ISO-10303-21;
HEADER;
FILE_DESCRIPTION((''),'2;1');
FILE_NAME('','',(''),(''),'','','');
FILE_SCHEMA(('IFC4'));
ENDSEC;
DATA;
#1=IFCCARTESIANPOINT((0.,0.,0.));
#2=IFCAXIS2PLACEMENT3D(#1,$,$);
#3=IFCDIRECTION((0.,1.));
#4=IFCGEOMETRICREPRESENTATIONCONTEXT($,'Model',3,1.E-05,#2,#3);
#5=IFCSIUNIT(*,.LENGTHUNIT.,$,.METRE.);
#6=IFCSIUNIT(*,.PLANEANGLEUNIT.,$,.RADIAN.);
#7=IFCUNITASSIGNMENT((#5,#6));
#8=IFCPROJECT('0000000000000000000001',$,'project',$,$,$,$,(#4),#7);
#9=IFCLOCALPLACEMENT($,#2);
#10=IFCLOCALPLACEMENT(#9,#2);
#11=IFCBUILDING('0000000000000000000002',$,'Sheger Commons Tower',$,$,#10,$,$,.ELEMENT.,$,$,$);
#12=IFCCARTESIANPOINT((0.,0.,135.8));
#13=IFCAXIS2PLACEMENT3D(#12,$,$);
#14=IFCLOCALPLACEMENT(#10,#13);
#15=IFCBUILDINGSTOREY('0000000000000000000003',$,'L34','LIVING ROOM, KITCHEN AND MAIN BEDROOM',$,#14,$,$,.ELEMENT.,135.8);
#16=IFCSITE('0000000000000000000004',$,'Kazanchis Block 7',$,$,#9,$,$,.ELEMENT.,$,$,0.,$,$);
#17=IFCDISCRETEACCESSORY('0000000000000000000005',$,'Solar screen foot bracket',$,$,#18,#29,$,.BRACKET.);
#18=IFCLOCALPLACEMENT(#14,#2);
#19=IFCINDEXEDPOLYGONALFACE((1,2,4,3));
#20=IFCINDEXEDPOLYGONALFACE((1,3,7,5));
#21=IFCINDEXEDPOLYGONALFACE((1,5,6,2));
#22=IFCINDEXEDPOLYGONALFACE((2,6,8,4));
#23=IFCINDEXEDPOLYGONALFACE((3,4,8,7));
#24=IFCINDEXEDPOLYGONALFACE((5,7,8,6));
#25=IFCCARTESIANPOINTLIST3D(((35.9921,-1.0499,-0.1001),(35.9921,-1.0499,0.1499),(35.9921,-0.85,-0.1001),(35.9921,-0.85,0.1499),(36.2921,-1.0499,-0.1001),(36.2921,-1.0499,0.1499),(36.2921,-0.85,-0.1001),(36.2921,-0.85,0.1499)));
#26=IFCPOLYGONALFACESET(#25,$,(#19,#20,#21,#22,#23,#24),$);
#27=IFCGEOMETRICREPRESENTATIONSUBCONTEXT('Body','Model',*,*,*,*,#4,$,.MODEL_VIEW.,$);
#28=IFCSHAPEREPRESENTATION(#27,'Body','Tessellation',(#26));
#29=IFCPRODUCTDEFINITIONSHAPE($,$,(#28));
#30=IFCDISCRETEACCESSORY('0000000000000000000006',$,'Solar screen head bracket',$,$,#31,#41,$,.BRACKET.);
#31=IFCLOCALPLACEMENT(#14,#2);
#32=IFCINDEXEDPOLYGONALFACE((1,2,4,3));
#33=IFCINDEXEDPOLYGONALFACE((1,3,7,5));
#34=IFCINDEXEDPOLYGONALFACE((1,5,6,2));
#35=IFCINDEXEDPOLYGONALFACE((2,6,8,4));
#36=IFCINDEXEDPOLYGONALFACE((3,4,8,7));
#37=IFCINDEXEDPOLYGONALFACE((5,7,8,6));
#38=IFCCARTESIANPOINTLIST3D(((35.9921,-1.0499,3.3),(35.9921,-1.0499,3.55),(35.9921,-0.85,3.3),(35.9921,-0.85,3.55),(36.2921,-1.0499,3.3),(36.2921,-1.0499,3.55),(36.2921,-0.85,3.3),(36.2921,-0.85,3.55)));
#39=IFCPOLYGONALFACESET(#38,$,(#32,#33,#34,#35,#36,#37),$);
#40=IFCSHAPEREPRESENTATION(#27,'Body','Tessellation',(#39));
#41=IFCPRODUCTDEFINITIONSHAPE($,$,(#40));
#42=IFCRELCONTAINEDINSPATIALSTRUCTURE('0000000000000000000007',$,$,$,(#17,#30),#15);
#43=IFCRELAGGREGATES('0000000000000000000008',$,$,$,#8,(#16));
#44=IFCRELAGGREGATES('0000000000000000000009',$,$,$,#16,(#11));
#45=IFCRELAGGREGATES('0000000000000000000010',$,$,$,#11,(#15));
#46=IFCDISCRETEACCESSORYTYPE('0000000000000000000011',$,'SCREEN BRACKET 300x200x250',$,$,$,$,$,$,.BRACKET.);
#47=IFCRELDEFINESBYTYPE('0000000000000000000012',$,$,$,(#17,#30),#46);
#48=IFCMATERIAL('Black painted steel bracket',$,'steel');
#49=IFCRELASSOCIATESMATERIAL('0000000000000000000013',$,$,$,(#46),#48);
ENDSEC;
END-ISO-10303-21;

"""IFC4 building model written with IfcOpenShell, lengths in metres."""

from ifc_helpers import new_model, si_unit, direction, frame, origin, origin_2d, place, context, subcontext, project, spatial, rectangle, extrude, material, type_object, element, save


model = new_model("IFC4")

# Units and contexts
model_context = context("Model", 3, precision=1e-05, world=origin(), true_north=direction((0.0, 1.0)))
body_context = subcontext(model_context, "Body", "Model", "MODEL_VIEW")
ifc_project = project(units=[si_unit("LENGTHUNIT", "METRE"), si_unit("PLANEANGLEUNIT", "RADIAN")], contexts=[model_context])

# Site, building, storey
site_placement = place(None, origin())
site = spatial("IfcSite", under=ifc_project, at=site_placement, Name="Kazanchis Block 7", CompositionType="ELEMENT", RefElevation=0.0)
building_placement = place(site_placement, origin())
building = spatial("IfcBuilding", under=site, at=building_placement, Name="Sheger Commons Tower", CompositionType="ELEMENT")
storey_placement = place(building_placement, frame((0.0, 0.0, 135.8)))
storey = spatial("IfcBuildingStorey", under=building, at=storey_placement, Name="L34", Description="LIVING ROOM, KITCHEN AND MAIN BEDROOM", CompositionType="ELEMENT", Elevation=135.8)

# Discrete accessories
ifc_material_1 = material(Name="Black painted steel bracket", Category="steel")
discrete_accessory_type = type_object("IfcDiscreteAccessoryType", Name="SCREEN BRACKET 300x200x250", PredefinedType="BRACKET", material=ifc_material_1)
for number, where, z_axis, x_axis, name in (
    (1, (36.1421, -0.95, -0.1001), (0.0, 0.0, 1.0), (1.0, 0.0, 0.0), "Solar screen foot bracket"),
    (2, (36.1421, -0.95, 3.3), (0.0, 0.0, 1.0), (1.0, 0.0, 0.0), "Solar screen head bracket"),
):
    element("IfcDiscreteAccessory", number, at=place(storey_placement, frame(where, z_axis=z_axis, x_axis=x_axis)), inside=storey, type_object=discrete_accessory_type, Name=name, PredefinedType="BRACKET", context=body_context, shape_type="SweptSolid", body=[
        extrude(rectangle(XDim=0.3, YDim=0.2, at=origin_2d()), origin(), (0.0, 0.0, 1.0), 0.25),
    ])

save(model, "model.ifc")
